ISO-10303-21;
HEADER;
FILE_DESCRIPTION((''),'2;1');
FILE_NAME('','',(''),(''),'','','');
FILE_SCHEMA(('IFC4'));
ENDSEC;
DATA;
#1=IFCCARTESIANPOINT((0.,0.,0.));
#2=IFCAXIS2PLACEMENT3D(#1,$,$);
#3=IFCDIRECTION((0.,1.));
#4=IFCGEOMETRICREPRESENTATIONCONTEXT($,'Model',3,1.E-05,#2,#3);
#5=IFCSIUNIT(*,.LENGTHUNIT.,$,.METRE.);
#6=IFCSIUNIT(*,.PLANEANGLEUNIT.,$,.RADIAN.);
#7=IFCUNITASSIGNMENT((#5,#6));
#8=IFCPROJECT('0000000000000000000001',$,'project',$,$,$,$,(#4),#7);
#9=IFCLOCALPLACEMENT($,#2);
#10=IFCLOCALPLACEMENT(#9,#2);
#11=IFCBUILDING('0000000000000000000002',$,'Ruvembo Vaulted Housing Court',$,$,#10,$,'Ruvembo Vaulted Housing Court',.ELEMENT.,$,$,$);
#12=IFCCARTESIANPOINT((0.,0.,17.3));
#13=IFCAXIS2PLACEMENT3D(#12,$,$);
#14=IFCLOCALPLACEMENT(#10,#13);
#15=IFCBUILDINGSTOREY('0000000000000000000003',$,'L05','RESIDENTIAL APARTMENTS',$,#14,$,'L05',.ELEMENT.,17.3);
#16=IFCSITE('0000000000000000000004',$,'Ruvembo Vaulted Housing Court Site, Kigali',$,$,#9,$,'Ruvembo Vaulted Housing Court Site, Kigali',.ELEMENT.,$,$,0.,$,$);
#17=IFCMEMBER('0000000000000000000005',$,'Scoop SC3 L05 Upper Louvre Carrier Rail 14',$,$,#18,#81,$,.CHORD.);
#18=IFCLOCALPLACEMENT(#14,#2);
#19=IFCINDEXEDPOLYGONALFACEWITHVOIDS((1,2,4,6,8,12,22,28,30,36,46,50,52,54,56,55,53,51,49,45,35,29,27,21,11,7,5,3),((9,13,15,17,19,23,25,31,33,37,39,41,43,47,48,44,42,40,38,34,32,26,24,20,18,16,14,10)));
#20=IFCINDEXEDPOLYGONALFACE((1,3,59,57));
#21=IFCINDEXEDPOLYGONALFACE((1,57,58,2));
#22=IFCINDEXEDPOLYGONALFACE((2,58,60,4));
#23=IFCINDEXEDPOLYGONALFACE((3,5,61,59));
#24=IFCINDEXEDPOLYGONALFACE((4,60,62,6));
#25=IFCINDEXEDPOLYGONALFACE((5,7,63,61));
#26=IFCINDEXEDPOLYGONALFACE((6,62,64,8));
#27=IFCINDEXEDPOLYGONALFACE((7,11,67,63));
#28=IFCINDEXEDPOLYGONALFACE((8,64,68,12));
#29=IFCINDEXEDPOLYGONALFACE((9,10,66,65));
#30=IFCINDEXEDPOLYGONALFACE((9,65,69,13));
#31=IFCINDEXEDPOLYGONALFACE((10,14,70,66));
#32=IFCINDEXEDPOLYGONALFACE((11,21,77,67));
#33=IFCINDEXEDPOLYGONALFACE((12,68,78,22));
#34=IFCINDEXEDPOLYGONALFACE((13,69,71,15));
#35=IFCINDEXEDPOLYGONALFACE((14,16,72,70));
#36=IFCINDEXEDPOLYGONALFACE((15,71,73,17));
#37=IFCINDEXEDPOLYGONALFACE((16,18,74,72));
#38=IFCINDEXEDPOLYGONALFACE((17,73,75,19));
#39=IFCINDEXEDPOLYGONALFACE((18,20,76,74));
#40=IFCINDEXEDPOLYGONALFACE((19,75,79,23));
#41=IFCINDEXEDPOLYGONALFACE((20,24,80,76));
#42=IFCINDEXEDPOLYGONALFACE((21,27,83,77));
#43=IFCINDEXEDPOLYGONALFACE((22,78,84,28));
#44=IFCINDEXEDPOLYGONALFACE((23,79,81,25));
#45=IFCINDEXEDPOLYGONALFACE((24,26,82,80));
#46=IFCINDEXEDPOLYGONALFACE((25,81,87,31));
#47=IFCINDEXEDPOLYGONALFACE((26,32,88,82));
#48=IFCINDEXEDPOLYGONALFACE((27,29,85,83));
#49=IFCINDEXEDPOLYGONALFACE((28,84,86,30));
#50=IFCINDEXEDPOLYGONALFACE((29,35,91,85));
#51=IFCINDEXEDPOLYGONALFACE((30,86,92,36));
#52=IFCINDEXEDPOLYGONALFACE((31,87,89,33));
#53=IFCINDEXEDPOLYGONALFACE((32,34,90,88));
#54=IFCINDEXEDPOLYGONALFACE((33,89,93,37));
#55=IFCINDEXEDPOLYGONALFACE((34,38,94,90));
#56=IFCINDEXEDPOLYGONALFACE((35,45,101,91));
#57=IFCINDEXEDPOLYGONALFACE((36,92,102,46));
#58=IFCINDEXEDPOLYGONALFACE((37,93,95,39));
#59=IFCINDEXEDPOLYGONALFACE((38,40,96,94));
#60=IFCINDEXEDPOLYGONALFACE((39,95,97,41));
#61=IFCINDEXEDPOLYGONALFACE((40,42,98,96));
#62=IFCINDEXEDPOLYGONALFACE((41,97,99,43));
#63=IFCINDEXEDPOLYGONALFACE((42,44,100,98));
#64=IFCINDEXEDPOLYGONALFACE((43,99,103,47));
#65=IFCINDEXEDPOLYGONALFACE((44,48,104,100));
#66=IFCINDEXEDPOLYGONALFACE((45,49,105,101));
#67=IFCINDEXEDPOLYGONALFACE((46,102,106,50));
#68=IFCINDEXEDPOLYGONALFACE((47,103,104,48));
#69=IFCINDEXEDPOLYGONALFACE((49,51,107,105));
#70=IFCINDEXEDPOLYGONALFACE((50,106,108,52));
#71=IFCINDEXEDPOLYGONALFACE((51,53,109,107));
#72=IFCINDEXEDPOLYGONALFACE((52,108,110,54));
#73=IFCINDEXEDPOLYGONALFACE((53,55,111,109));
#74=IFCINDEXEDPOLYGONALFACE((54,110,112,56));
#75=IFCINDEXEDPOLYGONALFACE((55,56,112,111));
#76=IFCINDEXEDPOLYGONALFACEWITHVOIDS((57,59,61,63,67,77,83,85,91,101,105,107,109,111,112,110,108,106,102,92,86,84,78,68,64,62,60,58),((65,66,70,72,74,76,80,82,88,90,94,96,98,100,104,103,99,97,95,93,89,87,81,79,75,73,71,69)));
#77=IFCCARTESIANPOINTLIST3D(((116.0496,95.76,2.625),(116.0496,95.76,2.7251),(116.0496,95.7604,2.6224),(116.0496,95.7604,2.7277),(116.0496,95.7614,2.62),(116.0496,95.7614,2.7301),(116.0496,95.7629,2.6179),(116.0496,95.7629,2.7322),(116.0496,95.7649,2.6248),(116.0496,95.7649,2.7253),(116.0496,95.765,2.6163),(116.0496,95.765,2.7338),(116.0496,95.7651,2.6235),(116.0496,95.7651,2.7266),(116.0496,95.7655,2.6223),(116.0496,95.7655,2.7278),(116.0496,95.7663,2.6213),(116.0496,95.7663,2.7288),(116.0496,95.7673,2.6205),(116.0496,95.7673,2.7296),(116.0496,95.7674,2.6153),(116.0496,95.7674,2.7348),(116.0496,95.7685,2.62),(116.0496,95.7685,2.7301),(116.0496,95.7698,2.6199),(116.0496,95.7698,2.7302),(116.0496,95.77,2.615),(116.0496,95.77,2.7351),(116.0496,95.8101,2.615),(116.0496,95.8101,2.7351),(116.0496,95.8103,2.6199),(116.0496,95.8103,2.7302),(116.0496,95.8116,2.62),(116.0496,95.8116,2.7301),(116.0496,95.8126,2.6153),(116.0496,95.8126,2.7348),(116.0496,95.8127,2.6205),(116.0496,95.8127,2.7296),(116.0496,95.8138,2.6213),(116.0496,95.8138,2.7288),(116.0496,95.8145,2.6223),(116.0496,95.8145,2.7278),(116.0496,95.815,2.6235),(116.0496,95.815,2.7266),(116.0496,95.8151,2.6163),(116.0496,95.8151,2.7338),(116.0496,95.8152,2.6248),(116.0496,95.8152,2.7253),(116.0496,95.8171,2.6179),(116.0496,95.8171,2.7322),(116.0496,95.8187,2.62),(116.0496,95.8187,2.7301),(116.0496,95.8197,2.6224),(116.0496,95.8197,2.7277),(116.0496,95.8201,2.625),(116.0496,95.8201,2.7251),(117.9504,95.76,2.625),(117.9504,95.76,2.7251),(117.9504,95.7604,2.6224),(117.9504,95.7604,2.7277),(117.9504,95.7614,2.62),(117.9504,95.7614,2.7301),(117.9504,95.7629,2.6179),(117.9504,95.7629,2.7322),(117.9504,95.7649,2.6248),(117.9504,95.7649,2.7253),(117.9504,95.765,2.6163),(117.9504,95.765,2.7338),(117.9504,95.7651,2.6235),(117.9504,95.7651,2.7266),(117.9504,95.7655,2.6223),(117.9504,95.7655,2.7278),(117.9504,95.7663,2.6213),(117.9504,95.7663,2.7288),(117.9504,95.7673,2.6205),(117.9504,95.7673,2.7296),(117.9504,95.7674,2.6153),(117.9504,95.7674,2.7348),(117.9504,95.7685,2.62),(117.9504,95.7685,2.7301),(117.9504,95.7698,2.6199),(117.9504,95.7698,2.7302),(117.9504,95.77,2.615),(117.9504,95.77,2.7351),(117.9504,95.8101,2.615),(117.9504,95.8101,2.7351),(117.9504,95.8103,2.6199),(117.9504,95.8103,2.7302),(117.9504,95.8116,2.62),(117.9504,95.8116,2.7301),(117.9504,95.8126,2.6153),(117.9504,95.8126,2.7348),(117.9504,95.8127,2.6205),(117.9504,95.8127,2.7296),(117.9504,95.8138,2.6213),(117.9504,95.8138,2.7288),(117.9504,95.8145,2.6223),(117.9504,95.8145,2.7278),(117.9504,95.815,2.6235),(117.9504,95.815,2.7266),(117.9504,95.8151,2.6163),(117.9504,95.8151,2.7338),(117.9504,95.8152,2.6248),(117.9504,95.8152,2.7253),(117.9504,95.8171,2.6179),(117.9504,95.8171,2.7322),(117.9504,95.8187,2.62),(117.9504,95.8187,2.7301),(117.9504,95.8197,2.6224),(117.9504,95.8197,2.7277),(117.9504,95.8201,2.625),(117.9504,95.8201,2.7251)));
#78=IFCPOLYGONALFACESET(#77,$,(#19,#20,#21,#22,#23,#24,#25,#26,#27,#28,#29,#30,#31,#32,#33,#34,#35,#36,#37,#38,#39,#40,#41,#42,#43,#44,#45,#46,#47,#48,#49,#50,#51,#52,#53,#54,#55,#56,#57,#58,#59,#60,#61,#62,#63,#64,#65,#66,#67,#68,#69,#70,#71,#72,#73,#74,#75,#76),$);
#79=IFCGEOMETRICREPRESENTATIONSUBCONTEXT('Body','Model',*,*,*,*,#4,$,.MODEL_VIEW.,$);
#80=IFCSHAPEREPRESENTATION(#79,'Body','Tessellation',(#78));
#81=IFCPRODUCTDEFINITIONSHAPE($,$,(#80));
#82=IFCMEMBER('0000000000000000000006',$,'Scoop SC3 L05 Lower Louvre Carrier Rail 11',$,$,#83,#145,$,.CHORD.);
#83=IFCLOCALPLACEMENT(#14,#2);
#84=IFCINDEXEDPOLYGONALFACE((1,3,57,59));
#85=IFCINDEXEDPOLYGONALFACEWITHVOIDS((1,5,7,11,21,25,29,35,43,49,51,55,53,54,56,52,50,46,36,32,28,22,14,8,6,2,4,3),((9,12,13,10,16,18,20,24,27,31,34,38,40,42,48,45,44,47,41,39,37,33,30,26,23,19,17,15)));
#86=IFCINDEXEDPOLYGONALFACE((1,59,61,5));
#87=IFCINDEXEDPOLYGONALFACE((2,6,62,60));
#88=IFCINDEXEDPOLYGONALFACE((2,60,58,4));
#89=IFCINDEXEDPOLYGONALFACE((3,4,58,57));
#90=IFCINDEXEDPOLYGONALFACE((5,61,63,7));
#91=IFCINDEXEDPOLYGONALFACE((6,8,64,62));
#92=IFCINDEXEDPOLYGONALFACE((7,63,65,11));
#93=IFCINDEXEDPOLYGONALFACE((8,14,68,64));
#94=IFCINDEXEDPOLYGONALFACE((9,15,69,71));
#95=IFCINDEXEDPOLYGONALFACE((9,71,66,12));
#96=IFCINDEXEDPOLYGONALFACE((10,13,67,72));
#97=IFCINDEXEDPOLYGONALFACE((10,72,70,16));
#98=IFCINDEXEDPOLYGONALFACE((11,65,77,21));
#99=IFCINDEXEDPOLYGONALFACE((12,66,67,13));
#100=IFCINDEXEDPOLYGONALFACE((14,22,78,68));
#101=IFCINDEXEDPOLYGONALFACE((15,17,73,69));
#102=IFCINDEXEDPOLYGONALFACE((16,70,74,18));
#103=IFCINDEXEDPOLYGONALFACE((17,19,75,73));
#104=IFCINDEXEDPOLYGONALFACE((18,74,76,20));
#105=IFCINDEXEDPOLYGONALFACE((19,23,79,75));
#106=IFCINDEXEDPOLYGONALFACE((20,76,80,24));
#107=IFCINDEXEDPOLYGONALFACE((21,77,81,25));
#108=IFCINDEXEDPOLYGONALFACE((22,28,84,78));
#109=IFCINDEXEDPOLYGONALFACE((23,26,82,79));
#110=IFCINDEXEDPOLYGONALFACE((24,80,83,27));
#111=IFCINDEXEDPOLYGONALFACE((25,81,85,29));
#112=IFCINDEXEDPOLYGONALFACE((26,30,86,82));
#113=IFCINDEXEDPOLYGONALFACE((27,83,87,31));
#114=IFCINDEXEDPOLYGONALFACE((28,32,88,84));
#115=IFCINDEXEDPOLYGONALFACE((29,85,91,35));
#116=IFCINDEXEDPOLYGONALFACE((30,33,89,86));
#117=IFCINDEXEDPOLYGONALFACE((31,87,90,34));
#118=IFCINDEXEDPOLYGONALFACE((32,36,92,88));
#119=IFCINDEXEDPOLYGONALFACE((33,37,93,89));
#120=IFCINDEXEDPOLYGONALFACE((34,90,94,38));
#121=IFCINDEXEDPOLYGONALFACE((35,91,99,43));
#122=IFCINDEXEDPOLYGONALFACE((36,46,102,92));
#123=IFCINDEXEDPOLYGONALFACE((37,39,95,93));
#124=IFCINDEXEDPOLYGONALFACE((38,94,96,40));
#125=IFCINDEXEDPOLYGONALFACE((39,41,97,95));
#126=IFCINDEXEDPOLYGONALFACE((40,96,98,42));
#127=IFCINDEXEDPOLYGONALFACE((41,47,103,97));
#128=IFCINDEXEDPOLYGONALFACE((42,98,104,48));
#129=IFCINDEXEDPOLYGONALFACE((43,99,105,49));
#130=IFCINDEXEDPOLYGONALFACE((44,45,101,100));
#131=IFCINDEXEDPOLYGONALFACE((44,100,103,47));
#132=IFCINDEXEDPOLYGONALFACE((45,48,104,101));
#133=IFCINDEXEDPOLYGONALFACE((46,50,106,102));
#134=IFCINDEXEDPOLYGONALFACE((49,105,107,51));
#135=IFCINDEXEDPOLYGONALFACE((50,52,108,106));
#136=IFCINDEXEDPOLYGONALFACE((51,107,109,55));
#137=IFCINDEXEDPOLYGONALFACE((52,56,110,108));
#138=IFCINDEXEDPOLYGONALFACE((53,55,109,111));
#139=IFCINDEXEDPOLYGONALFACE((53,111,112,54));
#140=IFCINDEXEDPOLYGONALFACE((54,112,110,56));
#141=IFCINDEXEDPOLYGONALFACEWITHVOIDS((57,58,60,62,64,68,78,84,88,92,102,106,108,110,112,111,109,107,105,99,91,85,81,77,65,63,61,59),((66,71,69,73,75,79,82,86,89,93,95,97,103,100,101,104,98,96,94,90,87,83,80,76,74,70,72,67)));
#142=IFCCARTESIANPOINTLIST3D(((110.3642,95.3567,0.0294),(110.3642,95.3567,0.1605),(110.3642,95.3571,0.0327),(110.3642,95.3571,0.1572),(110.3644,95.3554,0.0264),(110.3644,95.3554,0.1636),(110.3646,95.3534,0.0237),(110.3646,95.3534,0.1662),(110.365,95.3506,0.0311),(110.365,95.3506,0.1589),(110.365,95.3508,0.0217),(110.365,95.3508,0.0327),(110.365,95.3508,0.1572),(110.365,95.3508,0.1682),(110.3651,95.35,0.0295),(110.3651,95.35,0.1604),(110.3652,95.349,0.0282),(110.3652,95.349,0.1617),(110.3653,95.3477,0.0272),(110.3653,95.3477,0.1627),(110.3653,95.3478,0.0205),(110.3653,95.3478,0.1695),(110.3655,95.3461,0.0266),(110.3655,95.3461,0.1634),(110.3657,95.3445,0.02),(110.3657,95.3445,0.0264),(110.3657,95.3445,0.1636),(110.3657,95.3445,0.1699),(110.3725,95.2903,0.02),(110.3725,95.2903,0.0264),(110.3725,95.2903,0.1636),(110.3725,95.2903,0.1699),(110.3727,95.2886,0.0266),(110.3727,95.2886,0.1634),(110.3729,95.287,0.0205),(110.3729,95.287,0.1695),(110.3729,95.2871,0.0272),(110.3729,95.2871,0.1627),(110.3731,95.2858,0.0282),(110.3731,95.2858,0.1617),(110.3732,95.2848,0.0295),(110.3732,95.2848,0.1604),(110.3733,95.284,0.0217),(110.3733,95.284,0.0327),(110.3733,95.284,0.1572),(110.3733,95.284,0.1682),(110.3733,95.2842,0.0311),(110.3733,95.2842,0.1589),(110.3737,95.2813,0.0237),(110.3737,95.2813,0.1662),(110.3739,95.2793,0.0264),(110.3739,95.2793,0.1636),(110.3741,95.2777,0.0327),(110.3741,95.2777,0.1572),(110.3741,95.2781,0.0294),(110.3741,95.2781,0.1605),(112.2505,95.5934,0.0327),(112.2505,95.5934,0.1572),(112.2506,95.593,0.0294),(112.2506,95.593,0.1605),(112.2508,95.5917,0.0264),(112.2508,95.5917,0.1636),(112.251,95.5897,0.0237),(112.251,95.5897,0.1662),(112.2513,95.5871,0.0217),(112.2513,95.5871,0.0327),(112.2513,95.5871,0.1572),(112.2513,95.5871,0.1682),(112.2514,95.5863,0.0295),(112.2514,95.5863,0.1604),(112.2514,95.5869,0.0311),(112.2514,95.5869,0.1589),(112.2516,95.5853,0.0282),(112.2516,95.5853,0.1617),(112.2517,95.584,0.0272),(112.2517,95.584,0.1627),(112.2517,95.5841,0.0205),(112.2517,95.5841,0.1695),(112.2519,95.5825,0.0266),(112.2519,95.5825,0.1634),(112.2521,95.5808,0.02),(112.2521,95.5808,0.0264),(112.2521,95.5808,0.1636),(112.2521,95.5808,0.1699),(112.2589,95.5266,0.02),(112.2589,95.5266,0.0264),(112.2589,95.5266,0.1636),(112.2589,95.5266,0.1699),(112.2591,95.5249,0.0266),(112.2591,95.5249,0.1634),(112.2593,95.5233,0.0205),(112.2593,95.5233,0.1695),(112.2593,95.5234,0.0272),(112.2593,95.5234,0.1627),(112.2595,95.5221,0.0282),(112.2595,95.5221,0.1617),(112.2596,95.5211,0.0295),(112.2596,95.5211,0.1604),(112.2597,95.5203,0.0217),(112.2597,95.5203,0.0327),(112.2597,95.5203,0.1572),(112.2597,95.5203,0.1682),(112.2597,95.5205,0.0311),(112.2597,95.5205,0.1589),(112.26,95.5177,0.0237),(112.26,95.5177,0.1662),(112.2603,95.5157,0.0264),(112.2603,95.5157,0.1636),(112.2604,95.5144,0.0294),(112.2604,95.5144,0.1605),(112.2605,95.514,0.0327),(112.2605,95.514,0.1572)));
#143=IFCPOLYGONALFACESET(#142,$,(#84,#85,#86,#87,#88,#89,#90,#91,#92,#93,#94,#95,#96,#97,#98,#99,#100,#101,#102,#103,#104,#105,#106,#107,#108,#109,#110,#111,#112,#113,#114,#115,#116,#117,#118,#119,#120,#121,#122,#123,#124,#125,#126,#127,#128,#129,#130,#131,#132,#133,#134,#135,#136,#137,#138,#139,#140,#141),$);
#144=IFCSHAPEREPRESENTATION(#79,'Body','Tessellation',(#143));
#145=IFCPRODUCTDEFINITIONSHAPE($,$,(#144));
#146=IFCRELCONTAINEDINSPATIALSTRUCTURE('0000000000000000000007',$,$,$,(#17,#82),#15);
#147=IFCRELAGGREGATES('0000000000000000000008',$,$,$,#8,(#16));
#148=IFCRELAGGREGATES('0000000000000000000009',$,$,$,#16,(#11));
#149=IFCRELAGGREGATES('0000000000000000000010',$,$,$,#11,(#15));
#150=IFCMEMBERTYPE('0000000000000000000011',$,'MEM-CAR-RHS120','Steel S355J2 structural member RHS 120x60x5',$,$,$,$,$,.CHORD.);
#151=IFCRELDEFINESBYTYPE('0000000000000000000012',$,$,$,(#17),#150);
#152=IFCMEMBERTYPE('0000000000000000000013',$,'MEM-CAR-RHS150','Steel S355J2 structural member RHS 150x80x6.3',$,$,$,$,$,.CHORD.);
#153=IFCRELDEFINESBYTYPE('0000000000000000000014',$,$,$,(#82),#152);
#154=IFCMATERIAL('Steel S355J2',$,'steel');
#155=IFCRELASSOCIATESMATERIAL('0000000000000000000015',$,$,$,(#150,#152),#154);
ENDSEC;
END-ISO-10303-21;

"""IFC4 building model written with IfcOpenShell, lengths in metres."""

from ifc_helpers import new_model, si_unit, direction, frame, origin, origin_2d, place, context, subcontext, project, spatial, hollow_rectangle, extrude, material, material_profile, profile_set, type_object, element, save


model = new_model("IFC4")

# Units and contexts
model_context = context("Model", 3, precision=1e-05, world=origin(), true_north=direction((0.0, 1.0)))
body_context = subcontext(model_context, "Body", "Model", "MODEL_VIEW")
ifc_project = project(units=[si_unit("LENGTHUNIT", "METRE"), si_unit("PLANEANGLEUNIT", "RADIAN")], contexts=[model_context])

# Site, building, storey
site_placement = place(None, origin())
site = spatial("IfcSite", under=ifc_project, at=site_placement, Name="Ruvembo Vaulted Housing Court Site, Kigali", LongName="Ruvembo Vaulted Housing Court Site, Kigali", CompositionType="ELEMENT", RefElevation=0.0)
building_placement = place(site_placement, origin())
building = spatial("IfcBuilding", under=site, at=building_placement, Name="Ruvembo Vaulted Housing Court", LongName="Ruvembo Vaulted Housing Court", CompositionType="ELEMENT")
storey_placement = place(building_placement, frame((0.0, 0.0, 17.3)))
storey = spatial("IfcBuildingStorey", under=building, at=storey_placement, Name="L05", Description="RESIDENTIAL APARTMENTS", LongName="L05", CompositionType="ELEMENT", Elevation=17.3)

# Shared definitions
ifc_material_1 = material(Name="Steel S355J2", Category="steel")

# Members
ifc_material_profile_1 = material_profile(ifc_material_1, hollow_rectangle(XDim=0.0601, YDim=0.1201, WallThickness=0.0049, InnerFilletRadius=0.0049, OuterFilletRadius=0.01, at=origin_2d()), Name="RHS 120x60x5")
ifc_profile_set_1 = profile_set([ifc_material_profile_1], Name="Steel S355J2")
member_type_1 = type_object("IfcMemberType", Name="MEM-CAR-RHS120", Description="Steel S355J2 structural member RHS 120x60x5", PredefinedType="CHORD", material=ifc_profile_set_1)
member_1_placement = place(storey_placement, frame((116.0496, 95.79, 2.675), z_axis=(1.0, 0.0, 0.0), x_axis=(0.0, 1.0, 0.0)))
element("IfcMember", 1, at=member_1_placement, inside=storey, type_object=member_type_1, Name="Scoop SC3 L05 Upper Louvre Carrier Rail 14", PredefinedType="CHORD", context=body_context, shape_type="SweptSolid", body=[
    extrude(hollow_rectangle(XDim=0.0601, YDim=0.1201, WallThickness=0.0049, InnerFilletRadius=0.0049, OuterFilletRadius=0.01, at=origin_2d()), origin(), (0.0, 0.0, 1.0), 1.9009),
])
ifc_material_profile_2 = material_profile(ifc_material_1, hollow_rectangle(XDim=0.0801, YDim=0.1499, WallThickness=0.0063, InnerFilletRadius=0.0063, OuterFilletRadius=0.0127, at=origin_2d()), Name="RHS 150x80x6.3")
ifc_profile_set_2 = profile_set([ifc_material_profile_2], Name="Steel S355J2")
member_type_2 = type_object("IfcMemberType", Name="MEM-CAR-RHS150", Description="Steel S355J2 structural member RHS 150x80x6.3", PredefinedType="CHORD", material=ifc_profile_set_2)
for number, where, z_axis, x_axis, name in (
    (2, (110.3691, 95.3174, 0.095), (0.992244, 0.124303, 0.0), (-0.124303, 0.992244, 0.0), "Scoop SC3 L05 Lower Louvre Carrier Rail 11"),
):
    element("IfcMember", number, at=place(storey_placement, frame(where, z_axis=z_axis, x_axis=x_axis)), inside=storey, type_object=member_type_2, Name=name, PredefinedType="CHORD", context=body_context, shape_type="SweptSolid", body=[
        extrude(hollow_rectangle(XDim=0.0801, YDim=0.1499, WallThickness=0.0063, InnerFilletRadius=0.0063, OuterFilletRadius=0.0127, at=origin_2d()), origin(), (0.0, 0.0, 1.0), 1.9011),
    ])

save(model, "model.ifc")
